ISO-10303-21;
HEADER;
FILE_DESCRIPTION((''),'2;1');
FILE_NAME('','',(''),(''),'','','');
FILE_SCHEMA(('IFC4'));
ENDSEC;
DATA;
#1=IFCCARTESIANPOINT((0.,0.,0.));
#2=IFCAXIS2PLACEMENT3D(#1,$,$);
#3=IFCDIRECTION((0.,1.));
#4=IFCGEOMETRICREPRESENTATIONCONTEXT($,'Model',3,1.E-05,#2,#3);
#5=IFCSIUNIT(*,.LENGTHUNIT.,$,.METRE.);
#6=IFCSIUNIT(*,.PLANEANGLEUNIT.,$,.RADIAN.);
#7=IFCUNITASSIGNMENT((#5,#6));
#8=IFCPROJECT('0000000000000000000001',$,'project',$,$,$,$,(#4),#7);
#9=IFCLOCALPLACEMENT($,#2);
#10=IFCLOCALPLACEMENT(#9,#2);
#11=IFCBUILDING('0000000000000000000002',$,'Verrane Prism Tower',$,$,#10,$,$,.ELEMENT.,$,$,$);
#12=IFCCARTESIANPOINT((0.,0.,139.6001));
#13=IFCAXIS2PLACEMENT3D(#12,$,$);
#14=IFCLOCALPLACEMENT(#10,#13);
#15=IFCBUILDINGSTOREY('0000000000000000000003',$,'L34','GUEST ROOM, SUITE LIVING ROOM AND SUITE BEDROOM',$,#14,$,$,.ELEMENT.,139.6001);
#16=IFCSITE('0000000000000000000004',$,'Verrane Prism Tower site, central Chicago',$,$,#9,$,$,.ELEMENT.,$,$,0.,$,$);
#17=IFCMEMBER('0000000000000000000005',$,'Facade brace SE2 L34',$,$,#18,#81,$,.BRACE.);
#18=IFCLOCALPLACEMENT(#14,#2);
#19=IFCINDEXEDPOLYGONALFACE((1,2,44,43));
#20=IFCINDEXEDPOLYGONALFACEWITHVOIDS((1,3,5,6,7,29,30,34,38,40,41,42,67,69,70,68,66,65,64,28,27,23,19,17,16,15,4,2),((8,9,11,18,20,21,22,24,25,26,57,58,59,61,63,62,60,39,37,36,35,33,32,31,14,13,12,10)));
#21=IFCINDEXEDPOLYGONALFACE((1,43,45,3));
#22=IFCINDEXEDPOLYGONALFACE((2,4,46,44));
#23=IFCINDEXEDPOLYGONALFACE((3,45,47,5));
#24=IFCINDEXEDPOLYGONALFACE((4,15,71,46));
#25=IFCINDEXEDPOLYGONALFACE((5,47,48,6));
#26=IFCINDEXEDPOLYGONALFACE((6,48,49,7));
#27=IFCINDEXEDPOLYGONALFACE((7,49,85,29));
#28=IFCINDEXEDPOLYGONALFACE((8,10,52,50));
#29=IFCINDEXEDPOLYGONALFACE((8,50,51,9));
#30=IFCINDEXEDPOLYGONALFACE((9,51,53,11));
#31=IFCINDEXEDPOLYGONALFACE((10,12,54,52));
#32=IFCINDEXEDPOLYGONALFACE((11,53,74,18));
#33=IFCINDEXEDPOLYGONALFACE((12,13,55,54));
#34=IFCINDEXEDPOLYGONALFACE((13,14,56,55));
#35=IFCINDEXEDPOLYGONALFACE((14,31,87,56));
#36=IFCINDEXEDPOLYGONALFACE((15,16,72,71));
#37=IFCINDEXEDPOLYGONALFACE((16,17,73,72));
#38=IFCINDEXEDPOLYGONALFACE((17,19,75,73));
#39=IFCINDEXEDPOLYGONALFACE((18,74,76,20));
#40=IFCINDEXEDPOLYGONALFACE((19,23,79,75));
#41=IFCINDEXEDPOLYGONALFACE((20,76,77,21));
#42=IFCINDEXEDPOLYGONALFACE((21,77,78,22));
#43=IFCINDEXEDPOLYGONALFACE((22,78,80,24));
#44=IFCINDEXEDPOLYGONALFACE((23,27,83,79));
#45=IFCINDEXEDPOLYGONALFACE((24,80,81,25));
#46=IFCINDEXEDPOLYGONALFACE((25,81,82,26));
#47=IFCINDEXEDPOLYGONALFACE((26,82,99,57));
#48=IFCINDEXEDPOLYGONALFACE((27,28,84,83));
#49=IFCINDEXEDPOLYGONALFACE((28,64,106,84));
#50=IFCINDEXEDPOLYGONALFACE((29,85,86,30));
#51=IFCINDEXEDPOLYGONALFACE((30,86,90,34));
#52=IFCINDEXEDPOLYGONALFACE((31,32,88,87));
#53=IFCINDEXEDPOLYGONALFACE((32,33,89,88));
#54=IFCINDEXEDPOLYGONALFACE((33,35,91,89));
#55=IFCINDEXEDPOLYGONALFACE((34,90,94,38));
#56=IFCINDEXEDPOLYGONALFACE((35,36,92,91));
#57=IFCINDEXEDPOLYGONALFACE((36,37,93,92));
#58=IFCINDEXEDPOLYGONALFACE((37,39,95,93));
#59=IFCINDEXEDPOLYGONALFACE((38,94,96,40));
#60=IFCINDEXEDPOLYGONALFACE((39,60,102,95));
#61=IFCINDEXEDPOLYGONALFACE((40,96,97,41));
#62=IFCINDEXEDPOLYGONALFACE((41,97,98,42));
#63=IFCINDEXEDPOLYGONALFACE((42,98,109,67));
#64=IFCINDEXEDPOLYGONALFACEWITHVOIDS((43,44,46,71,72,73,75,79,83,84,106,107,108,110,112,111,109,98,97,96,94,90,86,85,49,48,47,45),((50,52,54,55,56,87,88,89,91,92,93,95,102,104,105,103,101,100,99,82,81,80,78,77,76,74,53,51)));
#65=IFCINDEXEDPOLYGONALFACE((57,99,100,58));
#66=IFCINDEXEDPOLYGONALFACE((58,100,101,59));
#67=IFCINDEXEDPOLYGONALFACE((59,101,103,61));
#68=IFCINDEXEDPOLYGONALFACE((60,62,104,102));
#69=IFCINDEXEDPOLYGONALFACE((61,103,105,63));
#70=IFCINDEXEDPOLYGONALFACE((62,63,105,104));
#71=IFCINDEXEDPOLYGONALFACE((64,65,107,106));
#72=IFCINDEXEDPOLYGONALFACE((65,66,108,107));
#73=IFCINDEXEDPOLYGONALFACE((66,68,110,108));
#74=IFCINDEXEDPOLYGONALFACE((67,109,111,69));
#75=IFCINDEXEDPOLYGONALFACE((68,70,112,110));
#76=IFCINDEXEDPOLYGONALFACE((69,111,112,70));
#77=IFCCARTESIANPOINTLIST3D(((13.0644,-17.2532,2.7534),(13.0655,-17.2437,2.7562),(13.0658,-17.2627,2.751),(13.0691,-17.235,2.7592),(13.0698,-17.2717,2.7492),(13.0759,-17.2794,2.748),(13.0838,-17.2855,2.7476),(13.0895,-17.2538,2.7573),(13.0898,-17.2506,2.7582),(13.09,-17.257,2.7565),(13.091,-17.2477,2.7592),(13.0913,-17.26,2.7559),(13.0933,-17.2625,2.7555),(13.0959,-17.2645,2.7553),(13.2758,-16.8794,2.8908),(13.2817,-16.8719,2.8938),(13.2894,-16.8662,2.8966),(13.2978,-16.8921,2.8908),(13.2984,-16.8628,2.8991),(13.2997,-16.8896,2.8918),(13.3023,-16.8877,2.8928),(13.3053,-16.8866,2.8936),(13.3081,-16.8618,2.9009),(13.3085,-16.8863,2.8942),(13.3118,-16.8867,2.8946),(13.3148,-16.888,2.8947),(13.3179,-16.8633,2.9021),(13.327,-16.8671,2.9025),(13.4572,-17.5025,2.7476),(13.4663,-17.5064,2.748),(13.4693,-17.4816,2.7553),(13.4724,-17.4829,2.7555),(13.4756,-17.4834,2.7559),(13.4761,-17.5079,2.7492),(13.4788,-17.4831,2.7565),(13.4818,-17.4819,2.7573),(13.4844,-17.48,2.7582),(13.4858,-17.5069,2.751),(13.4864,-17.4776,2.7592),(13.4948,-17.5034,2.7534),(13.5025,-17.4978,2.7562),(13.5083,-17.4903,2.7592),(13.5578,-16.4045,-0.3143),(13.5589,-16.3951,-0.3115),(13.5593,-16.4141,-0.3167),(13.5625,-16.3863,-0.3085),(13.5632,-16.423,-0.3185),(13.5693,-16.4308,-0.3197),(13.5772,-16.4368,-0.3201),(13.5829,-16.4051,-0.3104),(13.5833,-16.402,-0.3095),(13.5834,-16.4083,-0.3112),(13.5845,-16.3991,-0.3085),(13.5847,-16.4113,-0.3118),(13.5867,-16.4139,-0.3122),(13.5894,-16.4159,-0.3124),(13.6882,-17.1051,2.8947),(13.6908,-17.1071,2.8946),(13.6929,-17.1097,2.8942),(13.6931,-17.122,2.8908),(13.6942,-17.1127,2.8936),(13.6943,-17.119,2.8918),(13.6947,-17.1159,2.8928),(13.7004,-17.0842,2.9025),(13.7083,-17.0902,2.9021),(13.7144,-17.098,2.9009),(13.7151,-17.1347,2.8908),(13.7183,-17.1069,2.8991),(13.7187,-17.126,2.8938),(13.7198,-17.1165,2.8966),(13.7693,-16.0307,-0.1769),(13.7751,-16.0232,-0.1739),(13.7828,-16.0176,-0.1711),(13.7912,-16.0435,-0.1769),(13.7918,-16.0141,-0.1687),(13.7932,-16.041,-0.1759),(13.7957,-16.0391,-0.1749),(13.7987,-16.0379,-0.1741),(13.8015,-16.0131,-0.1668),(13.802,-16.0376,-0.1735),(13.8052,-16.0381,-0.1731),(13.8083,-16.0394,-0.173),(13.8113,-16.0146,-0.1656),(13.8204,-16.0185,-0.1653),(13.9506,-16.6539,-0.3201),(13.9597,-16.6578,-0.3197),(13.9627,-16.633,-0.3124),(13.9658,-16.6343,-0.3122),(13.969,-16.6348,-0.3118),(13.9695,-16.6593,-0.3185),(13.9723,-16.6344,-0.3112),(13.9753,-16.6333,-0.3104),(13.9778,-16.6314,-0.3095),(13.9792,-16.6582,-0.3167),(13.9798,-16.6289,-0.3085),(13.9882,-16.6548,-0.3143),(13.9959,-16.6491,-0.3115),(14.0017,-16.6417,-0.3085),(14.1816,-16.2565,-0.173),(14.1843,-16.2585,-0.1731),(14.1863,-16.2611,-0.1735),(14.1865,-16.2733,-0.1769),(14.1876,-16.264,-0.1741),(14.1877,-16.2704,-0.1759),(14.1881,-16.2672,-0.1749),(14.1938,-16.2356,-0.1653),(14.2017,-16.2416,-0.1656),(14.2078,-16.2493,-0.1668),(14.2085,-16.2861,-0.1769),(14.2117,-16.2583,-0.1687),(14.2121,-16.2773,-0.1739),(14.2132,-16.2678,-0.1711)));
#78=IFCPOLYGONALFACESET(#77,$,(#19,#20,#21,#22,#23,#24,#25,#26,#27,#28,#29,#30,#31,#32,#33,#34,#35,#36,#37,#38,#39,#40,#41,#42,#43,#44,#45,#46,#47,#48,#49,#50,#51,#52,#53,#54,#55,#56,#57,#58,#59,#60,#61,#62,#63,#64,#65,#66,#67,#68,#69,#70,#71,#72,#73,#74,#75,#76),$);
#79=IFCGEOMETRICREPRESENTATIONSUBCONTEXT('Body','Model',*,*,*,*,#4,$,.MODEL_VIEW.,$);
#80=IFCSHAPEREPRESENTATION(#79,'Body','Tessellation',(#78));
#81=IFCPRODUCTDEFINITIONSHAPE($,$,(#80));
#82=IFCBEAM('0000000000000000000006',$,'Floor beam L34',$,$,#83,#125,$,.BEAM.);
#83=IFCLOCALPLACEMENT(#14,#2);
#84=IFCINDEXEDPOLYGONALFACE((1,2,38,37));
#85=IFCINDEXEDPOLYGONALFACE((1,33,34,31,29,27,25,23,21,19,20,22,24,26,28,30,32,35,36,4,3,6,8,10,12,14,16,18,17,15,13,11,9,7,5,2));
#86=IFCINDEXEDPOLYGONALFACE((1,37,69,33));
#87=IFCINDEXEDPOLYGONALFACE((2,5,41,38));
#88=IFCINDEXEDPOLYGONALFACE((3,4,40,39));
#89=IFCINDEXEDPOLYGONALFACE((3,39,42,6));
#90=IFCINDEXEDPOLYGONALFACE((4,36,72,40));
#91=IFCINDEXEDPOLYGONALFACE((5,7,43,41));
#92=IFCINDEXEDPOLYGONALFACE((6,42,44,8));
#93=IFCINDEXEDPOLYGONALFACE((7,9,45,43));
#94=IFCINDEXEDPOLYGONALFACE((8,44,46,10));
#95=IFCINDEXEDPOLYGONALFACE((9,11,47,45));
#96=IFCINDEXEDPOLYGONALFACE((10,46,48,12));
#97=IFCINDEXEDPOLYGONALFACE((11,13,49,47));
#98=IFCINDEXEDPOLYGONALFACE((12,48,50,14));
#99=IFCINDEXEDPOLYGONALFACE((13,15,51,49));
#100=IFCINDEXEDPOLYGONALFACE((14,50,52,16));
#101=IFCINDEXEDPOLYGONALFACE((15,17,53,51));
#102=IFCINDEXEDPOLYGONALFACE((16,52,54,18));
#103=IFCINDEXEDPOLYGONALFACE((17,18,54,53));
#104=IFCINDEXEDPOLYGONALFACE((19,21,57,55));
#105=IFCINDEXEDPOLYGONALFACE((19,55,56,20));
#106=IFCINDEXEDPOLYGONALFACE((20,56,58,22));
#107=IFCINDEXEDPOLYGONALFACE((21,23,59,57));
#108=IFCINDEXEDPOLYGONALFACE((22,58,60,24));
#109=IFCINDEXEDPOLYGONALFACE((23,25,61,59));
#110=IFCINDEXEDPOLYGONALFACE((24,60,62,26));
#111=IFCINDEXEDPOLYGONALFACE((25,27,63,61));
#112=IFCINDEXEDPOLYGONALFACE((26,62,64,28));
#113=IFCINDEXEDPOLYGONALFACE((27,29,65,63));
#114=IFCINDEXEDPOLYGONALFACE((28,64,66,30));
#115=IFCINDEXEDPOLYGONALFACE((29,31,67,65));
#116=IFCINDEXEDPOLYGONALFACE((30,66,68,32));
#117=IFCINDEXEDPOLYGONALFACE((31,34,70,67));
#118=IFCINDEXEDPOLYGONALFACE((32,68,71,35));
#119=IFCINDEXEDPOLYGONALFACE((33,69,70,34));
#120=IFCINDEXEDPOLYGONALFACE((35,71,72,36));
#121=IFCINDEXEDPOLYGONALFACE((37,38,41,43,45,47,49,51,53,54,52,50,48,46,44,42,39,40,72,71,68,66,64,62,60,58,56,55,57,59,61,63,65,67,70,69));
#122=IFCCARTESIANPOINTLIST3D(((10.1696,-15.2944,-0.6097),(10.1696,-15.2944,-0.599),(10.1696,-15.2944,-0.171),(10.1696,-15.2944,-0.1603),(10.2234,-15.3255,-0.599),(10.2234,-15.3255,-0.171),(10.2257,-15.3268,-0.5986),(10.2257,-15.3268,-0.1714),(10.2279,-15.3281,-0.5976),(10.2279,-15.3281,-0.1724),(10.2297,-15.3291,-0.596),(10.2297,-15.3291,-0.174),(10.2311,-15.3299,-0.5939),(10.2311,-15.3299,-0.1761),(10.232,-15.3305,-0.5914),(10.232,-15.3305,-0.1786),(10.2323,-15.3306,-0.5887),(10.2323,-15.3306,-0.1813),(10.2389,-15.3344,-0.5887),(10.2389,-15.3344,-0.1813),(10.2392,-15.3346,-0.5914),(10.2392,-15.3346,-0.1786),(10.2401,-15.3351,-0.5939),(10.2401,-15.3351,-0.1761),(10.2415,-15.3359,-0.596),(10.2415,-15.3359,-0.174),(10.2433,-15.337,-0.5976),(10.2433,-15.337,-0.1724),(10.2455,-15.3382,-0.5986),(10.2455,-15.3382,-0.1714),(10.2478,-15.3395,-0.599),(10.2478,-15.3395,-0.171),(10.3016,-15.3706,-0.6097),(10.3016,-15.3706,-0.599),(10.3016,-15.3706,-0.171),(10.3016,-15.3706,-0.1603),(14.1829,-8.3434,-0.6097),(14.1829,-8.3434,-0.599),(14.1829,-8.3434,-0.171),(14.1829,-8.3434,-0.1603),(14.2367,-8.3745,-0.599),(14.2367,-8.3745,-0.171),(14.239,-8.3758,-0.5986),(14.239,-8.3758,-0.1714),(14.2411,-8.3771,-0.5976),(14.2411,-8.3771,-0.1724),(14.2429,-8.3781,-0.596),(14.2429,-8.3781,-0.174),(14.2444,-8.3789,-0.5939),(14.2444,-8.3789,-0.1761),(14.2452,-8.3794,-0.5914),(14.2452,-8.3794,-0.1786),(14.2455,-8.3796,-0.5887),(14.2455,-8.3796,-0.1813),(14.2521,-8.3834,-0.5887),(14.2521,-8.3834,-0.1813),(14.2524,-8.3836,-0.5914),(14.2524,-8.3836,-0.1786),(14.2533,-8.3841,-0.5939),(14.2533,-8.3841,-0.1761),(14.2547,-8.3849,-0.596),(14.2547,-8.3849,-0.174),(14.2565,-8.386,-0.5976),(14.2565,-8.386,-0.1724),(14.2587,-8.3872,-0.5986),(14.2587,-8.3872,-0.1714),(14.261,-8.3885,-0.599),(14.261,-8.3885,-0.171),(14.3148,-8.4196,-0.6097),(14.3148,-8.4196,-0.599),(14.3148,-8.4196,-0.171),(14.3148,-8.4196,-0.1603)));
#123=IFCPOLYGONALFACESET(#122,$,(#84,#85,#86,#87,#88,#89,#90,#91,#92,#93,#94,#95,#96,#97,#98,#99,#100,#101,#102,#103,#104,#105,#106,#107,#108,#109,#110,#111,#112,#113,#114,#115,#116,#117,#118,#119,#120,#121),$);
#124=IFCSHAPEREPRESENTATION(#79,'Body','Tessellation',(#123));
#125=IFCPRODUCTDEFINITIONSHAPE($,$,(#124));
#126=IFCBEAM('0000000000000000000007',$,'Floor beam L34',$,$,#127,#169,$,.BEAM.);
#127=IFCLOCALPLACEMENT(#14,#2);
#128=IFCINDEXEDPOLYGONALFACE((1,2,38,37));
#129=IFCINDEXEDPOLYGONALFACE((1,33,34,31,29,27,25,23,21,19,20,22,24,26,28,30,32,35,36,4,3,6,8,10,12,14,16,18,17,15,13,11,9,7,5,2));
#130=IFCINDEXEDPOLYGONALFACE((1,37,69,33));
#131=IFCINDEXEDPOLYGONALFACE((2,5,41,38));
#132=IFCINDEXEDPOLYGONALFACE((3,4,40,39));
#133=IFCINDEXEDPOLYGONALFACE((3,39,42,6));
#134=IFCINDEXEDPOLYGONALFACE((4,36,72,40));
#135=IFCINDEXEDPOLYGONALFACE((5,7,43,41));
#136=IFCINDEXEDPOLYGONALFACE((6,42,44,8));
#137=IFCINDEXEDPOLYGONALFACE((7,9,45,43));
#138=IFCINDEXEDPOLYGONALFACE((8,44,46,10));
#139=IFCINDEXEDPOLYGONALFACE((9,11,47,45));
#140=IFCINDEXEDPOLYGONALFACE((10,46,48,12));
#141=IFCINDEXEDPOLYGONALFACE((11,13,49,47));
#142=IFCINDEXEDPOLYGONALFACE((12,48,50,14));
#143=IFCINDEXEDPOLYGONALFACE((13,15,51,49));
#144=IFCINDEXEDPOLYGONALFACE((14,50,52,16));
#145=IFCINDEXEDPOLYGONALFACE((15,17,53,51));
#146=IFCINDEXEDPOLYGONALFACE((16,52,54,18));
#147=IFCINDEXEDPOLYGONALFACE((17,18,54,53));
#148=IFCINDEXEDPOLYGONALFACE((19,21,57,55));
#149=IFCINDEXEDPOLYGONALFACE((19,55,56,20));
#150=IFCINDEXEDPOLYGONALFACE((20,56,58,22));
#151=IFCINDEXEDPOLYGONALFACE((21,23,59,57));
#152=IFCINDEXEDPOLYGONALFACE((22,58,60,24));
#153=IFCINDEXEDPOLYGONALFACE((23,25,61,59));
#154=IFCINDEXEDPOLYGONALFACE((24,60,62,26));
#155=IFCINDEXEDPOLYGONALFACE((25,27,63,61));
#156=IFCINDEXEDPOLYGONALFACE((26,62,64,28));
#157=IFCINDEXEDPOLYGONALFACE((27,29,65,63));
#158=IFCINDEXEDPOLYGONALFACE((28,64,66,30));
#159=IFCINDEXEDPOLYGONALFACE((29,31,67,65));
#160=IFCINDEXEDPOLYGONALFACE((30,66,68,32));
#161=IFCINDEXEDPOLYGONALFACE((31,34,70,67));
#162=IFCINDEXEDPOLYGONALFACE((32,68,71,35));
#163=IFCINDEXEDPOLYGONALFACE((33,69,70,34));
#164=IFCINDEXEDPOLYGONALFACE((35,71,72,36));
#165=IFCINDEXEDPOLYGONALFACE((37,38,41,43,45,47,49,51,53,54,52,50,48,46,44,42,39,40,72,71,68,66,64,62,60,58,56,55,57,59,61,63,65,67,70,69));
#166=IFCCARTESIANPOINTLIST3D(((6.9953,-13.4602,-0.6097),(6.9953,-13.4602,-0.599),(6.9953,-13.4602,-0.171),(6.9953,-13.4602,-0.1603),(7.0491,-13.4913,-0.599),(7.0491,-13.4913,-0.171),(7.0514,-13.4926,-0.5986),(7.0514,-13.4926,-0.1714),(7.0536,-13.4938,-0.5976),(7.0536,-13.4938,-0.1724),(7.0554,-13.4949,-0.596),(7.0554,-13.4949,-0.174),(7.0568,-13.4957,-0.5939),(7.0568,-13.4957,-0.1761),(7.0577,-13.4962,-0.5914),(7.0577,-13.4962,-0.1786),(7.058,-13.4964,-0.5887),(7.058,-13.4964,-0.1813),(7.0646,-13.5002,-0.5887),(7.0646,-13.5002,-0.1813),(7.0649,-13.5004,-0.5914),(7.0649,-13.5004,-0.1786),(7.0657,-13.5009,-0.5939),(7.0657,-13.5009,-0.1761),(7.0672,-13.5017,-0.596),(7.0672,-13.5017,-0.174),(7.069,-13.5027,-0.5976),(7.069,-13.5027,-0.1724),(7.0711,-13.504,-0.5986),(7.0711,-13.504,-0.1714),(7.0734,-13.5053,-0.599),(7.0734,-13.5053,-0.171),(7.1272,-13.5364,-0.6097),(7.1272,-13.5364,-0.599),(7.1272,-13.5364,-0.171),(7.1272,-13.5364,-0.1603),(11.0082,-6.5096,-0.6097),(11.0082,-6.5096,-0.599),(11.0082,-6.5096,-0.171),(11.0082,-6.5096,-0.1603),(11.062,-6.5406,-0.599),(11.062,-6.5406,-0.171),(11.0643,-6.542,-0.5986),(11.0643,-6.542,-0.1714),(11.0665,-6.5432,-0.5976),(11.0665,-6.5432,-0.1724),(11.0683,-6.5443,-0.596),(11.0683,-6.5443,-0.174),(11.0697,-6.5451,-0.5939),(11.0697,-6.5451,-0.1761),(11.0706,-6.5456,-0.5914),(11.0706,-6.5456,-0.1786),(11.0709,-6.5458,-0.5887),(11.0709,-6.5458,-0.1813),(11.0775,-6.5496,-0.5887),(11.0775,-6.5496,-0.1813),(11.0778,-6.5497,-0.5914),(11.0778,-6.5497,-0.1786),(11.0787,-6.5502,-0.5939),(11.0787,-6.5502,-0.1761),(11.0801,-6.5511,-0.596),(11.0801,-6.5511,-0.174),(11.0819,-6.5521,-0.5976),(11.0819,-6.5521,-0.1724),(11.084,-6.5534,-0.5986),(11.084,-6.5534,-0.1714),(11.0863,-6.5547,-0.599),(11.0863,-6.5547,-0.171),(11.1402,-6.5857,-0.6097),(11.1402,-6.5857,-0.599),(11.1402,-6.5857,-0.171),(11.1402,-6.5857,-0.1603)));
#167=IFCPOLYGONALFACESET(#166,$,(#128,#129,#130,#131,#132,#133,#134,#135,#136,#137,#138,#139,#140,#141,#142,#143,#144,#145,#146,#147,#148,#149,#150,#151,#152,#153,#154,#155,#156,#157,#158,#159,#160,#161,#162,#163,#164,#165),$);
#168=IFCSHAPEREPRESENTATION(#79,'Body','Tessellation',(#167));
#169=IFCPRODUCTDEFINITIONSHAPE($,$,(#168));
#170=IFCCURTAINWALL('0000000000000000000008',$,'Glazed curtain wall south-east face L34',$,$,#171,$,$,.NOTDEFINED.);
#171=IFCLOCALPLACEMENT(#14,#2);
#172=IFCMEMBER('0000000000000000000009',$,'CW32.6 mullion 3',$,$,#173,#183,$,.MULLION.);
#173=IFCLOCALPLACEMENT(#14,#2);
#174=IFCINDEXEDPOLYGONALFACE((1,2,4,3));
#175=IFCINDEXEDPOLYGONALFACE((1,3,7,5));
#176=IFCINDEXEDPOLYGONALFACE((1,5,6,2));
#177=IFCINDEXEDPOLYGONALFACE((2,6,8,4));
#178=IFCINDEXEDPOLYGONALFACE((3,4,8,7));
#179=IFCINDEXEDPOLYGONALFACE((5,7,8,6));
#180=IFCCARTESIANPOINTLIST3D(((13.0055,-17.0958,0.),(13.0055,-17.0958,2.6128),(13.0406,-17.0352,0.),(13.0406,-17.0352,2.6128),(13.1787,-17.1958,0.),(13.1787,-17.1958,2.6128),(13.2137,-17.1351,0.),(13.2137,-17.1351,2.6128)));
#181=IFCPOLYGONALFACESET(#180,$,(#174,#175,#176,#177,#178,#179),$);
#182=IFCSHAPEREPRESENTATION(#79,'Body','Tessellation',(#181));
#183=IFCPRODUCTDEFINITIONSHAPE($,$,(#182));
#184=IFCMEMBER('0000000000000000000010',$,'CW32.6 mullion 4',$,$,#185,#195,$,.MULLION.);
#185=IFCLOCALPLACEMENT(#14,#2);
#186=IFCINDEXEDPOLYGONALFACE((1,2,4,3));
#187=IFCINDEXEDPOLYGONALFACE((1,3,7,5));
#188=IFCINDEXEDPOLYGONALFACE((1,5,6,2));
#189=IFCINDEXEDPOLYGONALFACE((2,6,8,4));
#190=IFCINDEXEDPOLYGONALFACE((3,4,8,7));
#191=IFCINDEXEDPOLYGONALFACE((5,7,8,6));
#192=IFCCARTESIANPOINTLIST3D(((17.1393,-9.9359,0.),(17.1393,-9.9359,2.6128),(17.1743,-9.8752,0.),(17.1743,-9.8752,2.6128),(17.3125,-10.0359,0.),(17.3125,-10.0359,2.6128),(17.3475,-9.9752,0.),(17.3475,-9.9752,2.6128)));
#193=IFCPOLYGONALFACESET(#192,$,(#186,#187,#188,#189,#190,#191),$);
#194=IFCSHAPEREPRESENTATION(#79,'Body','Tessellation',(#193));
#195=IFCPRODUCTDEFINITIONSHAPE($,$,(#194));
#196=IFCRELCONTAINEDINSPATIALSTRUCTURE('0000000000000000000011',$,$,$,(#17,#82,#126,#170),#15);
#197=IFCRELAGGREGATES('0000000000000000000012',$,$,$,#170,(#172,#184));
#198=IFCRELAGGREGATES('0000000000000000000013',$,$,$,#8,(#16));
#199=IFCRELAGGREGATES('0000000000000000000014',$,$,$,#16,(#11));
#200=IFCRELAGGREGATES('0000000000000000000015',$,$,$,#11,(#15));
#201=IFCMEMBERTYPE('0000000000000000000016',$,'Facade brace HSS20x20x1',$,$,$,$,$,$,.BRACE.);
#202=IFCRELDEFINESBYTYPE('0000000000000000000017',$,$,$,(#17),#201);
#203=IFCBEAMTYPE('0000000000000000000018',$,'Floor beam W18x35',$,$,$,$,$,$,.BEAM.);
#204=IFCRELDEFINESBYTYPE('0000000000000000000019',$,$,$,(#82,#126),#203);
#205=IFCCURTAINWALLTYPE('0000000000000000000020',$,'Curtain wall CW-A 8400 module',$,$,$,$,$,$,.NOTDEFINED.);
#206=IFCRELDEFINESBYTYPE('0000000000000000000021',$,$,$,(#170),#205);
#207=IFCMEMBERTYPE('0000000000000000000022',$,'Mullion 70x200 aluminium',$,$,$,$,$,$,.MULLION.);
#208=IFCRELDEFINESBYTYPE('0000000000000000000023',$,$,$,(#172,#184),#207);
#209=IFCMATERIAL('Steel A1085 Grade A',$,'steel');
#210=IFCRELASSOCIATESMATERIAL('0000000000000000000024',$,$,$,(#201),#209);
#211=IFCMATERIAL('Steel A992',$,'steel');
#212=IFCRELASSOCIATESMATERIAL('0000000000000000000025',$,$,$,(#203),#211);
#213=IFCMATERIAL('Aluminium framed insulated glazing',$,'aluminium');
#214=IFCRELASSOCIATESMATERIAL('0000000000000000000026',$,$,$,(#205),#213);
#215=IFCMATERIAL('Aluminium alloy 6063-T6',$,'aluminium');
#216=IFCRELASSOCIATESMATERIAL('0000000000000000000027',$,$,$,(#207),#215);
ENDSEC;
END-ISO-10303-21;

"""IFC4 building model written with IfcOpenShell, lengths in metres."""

from ifc_helpers import new_model, si_unit, direction, frame, origin, origin_2d, place, context, subcontext, project, spatial, rectangle, hollow_rectangle, i_section, extrude, material, material_profile, profile_set, type_object, element, aggregate, save


model = new_model("IFC4")

# Units and contexts
model_context = context("Model", 3, precision=1e-05, world=origin(), true_north=direction((0.0, 1.0)))
body_context = subcontext(model_context, "Body", "Model", "MODEL_VIEW")
ifc_project = project(units=[si_unit("LENGTHUNIT", "METRE"), si_unit("PLANEANGLEUNIT", "RADIAN")], contexts=[model_context])

# Site, building, storey
site_placement = place(None, origin())
site = spatial("IfcSite", under=ifc_project, at=site_placement, Name="Verrane Prism Tower site, central Chicago", CompositionType="ELEMENT", RefElevation=0.0)
building_placement = place(site_placement, origin())
building = spatial("IfcBuilding", under=site, at=building_placement, Name="Verrane Prism Tower", CompositionType="ELEMENT")
storey_placement = place(building_placement, frame((0.0, 0.0, 139.6001)))
storey = spatial("IfcBuildingStorey", under=building, at=storey_placement, Name="L34", Description="GUEST ROOM, SUITE LIVING ROOM AND SUITE BEDROOM", CompositionType="ELEMENT", Elevation=139.6001)

# Member
ifc_material_1 = material(Name="Steel A1085 Grade A", Category="steel")
ifc_material_profile_1 = material_profile(ifc_material_1, hollow_rectangle(XDim=0.5081, YDim=0.5081, WallThickness=0.0254, InnerFilletRadius=0.0127, OuterFilletRadius=0.0381, at=origin_2d()), Name="HSS20x20x1")
ifc_profile_set_1 = profile_set([ifc_material_profile_1], Name="Steel A1085 Grade A")
member_type_1 = type_object("IfcMemberType", Name="Facade brace HSS20x20x1", PredefinedType="BRACE", material=ifc_profile_set_1)
member_1_placement = place(storey_placement, frame((13.8855, -16.3362, -0.2427), z_axis=(-0.153191, -0.26348, 0.952424), x_axis=(0.8645, -0.502633, 0.0)))
element("IfcMember", 1, at=member_1_placement, inside=storey, type_object=member_type_1, Name="Facade brace SE2 L34", PredefinedType="BRACE", context=body_context, shape_type="SweptSolid", body=[
    extrude(hollow_rectangle(XDim=0.5081, YDim=0.5081, WallThickness=0.0254, InnerFilletRadius=0.0127, OuterFilletRadius=0.0381, at=origin_2d()), origin(), (0.0, 0.0, 1.0), 3.2209),
])

# Beams
ifc_material_2 = material(Name="Steel A992", Category="steel")
ifc_material_profile_2 = material_profile(ifc_material_2, i_section(OverallWidth=0.1523, OverallDepth=0.4495, WebThickness=0.0076, FlangeThickness=0.0107, FilletRadius=0.0103, at=origin_2d()), Name="W18x35")
ifc_profile_set_2 = profile_set([ifc_material_profile_2], Name="Steel A992")
beam_type_1 = type_object("IfcBeamType", Name="Floor beam W18x35", PredefinedType="BEAM", material=ifc_profile_set_2)
beam_1_placement = place(storey_placement, frame((10.2356, -15.3325, -0.385), z_axis=(0.500006, 0.866022, 0.0), x_axis=(-0.866022, 0.500006, 0.0)))
element("IfcBeam", 2, at=beam_1_placement, inside=storey, type_object=beam_type_1, Name="Floor beam L34", PredefinedType="BEAM", context=body_context, shape_type="SweptSolid", body=[
    extrude(i_section(OverallWidth=0.1523, OverallDepth=0.4495, WebThickness=0.0076, FlangeThickness=0.0107, FilletRadius=0.0103, at=origin_2d()), origin(), (0.0, 0.0, 1.0), 8.0264),
])
beam_2_placement = place(storey_placement, frame((7.0613, -13.4983, -0.385), z_axis=(0.499996, 0.866028, 0.0), x_axis=(-0.866028, 0.499996, 0.0)))
element("IfcBeam", 3, at=beam_2_placement, inside=storey, type_object=beam_type_1, Name="Floor beam L34", PredefinedType="BEAM", context=body_context, shape_type="SweptSolid", body=[
    extrude(i_section(OverallWidth=0.1523, OverallDepth=0.4495, WebThickness=0.0076, FlangeThickness=0.0107, FilletRadius=0.0103, at=origin_2d()), origin(), (0.0, 0.0, 1.0), 8.0259),
])

# Curtain wall, members
ifc_material_3 = material(Name="Aluminium framed insulated glazing", Category="aluminium")
curtain_wall_type = type_object("IfcCurtainWallType", Name="Curtain wall CW-A 8400 module", PredefinedType="NOTDEFINED", material=ifc_material_3)
curtain_wall_placement = place(storey_placement, origin())
curtain_wall = element("IfcCurtainWall", 4, at=curtain_wall_placement, inside=storey, type_object=curtain_wall_type, Name="Glazed curtain wall south-east face L34", PredefinedType="NOTDEFINED")
ifc_material_4 = material(Name="Aluminium alloy 6063-T6", Category="aluminium")
ifc_material_profile_3 = material_profile(ifc_material_4, rectangle(XDim=0.2, YDim=0.0701, at=origin_2d()), Name="Mullion 70x200 aluminium")
ifc_profile_set_3 = profile_set([ifc_material_profile_3], Name="Aluminium alloy 6063-T6")
member_type_2 = type_object("IfcMemberType", Name="Mullion 70x200 aluminium", PredefinedType="MULLION", material=ifc_profile_set_3)
member_2_placement = place(storey_placement, frame((13.1096, -17.1155, 0.0), z_axis=(0.0, 0.0, 1.0), x_axis=(-0.866025, 0.5, 0.0)))
member_2 = element("IfcMember", 5, at=member_2_placement, type_object=member_type_2, Name="CW32.6 mullion 3", PredefinedType="MULLION", context=body_context, shape_type="SweptSolid", body=[
    extrude(rectangle(XDim=0.2, YDim=0.0701, at=origin_2d()), origin(), (0.0, 0.0, 1.0), 2.6128),
])
member_3_placement = place(storey_placement, frame((17.2434, -9.9556, 0.0), z_axis=(0.0, 0.0, 1.0), x_axis=(-0.866025, 0.5, 0.0)))
member_3 = element("IfcMember", 6, at=member_3_placement, type_object=member_type_2, Name="CW32.6 mullion 4", PredefinedType="MULLION", context=body_context, shape_type="SweptSolid", body=[
    extrude(rectangle(XDim=0.2, YDim=0.0701, at=origin_2d()), origin(), (0.0, 0.0, 1.0), 2.6128),
])

aggregate(curtain_wall, [member_2, member_3])

save(model, "model.ifc")
